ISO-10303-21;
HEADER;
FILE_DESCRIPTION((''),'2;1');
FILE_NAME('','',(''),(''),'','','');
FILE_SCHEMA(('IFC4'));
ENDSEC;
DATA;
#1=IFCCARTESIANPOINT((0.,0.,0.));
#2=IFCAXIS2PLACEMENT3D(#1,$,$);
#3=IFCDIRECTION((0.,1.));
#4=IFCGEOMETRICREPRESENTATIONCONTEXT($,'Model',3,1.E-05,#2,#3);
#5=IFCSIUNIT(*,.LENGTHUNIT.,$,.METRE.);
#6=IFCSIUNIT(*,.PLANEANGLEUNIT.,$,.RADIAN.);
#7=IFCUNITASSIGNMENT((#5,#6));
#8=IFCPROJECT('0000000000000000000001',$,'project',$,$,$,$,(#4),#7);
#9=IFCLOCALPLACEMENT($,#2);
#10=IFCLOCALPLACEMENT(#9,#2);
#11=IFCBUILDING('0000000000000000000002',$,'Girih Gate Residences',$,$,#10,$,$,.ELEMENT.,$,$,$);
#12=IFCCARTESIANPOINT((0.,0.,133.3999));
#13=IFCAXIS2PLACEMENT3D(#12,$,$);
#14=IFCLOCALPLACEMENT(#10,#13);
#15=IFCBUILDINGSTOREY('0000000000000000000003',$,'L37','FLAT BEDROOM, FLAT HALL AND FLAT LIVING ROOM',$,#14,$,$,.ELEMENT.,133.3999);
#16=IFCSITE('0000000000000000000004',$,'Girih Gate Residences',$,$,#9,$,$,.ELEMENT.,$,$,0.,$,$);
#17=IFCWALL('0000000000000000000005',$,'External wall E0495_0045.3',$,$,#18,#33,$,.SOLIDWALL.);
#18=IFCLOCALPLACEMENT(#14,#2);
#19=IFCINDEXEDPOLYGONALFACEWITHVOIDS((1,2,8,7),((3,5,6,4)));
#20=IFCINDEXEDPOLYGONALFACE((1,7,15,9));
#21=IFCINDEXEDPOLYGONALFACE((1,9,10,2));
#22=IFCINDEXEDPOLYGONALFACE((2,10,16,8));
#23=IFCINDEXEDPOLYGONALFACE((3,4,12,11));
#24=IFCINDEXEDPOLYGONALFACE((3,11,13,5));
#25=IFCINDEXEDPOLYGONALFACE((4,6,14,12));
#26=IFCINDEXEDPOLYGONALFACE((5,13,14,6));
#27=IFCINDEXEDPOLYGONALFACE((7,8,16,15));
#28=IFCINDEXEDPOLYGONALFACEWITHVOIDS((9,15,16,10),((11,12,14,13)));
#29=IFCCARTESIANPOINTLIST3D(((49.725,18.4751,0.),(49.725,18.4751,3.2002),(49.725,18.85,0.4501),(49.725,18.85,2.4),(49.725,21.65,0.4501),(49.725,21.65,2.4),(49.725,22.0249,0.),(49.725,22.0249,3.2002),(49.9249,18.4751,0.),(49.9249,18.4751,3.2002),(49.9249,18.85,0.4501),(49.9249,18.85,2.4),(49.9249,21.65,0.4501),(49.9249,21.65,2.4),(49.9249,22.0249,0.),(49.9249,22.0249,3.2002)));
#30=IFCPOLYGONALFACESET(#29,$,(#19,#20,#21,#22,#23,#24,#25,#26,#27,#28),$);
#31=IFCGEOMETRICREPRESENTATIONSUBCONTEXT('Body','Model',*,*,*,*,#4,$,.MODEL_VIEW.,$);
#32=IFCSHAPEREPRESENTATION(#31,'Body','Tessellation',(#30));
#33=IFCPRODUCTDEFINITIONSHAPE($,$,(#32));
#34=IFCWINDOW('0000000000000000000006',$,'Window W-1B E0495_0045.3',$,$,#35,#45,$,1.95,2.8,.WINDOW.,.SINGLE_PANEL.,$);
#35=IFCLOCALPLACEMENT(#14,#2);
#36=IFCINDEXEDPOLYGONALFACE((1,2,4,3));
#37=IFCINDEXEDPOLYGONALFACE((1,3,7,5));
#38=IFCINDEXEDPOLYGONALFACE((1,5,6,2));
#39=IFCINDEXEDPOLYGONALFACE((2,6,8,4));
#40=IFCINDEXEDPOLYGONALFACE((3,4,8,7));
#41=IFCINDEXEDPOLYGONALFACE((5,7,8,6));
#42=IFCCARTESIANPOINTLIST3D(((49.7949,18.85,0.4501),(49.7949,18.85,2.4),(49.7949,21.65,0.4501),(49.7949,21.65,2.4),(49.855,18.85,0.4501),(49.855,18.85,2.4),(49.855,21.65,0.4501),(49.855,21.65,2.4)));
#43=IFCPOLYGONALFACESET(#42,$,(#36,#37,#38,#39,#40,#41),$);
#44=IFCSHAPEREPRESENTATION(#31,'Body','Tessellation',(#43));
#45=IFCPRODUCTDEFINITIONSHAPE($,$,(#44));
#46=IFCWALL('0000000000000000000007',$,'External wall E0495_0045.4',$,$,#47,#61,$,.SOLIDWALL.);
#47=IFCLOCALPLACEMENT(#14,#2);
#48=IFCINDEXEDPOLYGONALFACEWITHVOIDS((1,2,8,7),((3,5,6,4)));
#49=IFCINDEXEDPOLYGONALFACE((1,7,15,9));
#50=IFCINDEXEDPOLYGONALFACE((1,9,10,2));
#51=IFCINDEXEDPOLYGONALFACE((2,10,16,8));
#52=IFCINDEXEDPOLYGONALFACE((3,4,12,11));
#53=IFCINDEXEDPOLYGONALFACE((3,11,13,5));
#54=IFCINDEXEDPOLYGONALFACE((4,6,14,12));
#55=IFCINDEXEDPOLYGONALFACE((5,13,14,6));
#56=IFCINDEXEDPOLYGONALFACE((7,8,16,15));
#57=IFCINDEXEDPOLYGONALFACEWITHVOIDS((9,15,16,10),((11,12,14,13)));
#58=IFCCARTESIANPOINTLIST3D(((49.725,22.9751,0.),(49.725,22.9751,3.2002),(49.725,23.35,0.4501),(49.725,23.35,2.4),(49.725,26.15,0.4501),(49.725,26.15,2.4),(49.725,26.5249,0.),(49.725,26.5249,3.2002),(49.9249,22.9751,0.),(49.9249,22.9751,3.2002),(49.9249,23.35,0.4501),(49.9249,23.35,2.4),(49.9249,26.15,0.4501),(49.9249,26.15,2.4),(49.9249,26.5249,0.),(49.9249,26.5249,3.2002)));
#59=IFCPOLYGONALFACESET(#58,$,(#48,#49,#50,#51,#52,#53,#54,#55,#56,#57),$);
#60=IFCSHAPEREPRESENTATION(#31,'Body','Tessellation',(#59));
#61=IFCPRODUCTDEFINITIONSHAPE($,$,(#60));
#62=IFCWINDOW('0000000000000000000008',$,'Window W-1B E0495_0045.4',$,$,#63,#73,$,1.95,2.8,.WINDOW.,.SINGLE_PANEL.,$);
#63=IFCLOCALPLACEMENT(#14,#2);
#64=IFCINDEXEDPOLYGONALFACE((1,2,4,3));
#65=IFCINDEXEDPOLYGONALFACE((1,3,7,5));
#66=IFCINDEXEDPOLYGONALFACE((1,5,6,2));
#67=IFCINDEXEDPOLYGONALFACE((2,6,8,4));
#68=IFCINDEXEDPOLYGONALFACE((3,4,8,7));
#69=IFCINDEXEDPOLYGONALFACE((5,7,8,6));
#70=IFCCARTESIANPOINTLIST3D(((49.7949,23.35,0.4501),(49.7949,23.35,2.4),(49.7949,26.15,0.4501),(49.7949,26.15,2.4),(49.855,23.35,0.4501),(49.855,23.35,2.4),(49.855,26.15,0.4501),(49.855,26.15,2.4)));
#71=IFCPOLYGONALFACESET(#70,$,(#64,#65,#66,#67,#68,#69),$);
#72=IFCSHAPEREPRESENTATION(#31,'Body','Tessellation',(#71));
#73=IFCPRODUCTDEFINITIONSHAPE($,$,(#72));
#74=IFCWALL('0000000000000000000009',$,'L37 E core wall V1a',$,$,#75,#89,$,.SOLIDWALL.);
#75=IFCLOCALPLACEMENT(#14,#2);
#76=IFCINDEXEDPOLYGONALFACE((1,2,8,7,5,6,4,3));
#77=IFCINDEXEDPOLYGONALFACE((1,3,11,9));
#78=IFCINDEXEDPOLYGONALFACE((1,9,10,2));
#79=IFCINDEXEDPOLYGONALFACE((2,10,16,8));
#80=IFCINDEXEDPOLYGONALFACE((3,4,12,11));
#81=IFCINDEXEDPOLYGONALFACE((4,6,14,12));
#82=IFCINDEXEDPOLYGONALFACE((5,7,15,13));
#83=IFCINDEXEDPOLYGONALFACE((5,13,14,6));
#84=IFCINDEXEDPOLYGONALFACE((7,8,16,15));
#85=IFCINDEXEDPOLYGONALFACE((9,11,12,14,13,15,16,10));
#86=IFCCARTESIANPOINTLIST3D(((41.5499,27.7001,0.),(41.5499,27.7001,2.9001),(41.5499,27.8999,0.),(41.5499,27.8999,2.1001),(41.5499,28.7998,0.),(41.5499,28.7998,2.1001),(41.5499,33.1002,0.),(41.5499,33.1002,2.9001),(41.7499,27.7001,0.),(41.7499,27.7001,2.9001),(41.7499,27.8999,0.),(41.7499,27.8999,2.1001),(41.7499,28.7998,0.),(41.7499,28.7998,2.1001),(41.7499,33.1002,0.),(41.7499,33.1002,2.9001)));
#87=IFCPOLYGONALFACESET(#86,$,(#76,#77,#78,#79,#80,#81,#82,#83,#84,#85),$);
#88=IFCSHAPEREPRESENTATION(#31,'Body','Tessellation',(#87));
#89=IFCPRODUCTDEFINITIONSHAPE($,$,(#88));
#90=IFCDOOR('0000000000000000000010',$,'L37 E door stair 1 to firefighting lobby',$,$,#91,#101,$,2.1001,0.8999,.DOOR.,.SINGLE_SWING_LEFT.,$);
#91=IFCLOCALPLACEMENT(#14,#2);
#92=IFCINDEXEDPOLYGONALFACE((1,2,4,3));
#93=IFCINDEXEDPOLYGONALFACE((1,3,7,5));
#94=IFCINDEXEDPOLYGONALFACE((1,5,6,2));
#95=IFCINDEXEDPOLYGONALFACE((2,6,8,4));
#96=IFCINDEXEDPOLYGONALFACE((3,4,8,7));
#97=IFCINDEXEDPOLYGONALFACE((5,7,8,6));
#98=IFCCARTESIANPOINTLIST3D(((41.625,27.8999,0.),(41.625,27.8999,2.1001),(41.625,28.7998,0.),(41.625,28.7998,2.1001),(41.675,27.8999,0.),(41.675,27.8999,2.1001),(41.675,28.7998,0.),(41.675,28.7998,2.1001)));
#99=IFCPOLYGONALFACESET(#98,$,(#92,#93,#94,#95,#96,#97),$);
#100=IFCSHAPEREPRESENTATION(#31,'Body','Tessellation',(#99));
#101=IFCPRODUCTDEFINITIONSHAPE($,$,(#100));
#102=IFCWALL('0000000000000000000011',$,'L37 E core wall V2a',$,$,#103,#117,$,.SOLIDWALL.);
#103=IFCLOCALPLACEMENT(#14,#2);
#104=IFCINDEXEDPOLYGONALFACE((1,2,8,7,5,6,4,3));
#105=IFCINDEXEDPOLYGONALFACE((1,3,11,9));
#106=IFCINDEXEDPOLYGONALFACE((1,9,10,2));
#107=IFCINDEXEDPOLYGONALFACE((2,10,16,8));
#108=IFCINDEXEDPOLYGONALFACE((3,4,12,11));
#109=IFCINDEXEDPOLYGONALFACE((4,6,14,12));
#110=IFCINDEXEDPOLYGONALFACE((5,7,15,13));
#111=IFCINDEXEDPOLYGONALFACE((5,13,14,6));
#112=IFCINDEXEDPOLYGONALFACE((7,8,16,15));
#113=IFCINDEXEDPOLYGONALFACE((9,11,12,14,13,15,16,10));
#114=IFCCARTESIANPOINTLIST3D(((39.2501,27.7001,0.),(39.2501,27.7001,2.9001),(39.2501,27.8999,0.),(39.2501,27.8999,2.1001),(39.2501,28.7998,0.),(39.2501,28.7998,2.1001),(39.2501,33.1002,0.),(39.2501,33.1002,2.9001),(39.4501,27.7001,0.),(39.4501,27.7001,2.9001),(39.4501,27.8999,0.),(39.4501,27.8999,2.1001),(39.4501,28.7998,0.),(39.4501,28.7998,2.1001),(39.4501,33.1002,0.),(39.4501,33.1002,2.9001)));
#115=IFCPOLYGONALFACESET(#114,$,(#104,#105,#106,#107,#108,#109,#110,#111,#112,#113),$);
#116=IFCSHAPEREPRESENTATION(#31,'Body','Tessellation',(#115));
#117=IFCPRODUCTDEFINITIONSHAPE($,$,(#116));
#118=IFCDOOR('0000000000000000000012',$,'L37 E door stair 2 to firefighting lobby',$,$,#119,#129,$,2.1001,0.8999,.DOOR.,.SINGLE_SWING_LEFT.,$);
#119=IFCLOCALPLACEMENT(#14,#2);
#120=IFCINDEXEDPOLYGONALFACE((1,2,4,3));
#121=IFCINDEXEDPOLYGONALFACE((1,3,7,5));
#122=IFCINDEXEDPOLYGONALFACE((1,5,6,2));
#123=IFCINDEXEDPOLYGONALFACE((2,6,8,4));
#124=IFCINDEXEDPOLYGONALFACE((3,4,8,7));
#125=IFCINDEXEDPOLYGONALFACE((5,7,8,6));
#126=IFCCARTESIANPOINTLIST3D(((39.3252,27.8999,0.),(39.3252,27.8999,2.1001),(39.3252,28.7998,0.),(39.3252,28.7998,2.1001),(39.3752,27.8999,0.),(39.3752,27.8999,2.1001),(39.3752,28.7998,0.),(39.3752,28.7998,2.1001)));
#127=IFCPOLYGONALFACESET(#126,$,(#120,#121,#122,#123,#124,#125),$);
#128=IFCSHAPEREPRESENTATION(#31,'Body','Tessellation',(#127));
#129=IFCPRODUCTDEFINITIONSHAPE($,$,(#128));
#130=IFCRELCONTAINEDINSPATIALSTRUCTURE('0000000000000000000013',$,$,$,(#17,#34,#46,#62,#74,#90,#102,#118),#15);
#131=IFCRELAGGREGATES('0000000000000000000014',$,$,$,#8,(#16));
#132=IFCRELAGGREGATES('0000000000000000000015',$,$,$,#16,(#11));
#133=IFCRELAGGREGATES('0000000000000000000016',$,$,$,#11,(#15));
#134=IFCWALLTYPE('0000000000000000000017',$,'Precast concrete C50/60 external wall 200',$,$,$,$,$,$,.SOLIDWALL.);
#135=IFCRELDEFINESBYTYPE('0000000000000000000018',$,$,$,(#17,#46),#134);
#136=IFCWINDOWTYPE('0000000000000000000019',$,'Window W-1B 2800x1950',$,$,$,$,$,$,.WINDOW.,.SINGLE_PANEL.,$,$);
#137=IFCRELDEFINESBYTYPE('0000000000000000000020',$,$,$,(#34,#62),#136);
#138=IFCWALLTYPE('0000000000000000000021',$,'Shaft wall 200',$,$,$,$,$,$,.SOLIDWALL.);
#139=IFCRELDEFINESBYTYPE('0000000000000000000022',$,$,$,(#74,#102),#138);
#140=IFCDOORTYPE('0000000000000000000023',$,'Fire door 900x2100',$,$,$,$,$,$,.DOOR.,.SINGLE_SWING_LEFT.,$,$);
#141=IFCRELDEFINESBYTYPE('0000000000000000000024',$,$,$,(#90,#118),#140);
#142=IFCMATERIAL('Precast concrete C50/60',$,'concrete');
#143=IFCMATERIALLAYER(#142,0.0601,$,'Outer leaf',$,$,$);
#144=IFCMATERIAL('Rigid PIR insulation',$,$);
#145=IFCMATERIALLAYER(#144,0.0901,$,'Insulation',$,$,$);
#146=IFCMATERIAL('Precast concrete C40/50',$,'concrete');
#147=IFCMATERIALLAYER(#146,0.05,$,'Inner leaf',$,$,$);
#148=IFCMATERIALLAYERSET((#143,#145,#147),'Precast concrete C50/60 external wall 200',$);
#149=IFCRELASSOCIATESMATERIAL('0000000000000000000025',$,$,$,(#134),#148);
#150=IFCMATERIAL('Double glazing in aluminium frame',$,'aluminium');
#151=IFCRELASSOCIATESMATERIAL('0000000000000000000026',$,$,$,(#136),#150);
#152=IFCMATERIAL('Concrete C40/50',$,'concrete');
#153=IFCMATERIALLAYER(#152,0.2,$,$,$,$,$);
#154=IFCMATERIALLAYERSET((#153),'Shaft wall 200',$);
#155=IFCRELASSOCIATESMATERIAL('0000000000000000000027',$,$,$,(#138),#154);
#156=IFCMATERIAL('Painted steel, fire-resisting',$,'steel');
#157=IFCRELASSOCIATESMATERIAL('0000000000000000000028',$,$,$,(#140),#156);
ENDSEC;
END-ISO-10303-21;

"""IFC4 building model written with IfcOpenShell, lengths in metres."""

from ifc_helpers import new_model, si_unit, direction, frame, frame_2d, origin, place, context, subcontext, project, spatial, rectangle, extrude, material, layer, layer_set, type_object, element, fill, save


model = new_model("IFC4")

# Units and contexts
model_context = context("Model", 3, precision=1e-05, world=origin(), true_north=direction((0.0, 1.0)))
body_context = subcontext(model_context, "Body", "Model", "MODEL_VIEW")
ifc_project = project(units=[si_unit("LENGTHUNIT", "METRE"), si_unit("PLANEANGLEUNIT", "RADIAN")], contexts=[model_context])

# Site, building, storey
site_placement = place(None, origin())
site = spatial("IfcSite", under=ifc_project, at=site_placement, Name="Girih Gate Residences", CompositionType="ELEMENT", RefElevation=0.0)
building_placement = place(site_placement, origin())
building = spatial("IfcBuilding", under=site, at=building_placement, Name="Girih Gate Residences", CompositionType="ELEMENT")
storey_placement = place(building_placement, frame((0.0, 0.0, 133.3999)))
storey = spatial("IfcBuildingStorey", under=building, at=storey_placement, Name="L37", Description="FLAT BEDROOM, FLAT HALL AND FLAT LIVING ROOM", CompositionType="ELEMENT", Elevation=133.3999)

# Shared definitions
ifc_material_1 = material(Name="Painted steel, fire-resisting", Category="steel")

# Walls, openings, windows
ifc_material_2 = material(Name="Precast concrete C50/60", Category="concrete")
ifc_layer_1 = layer(ifc_material_2, 0.0601, Name="Outer leaf")
ifc_material_3 = material(Name="Rigid PIR insulation")
ifc_layer_2 = layer(ifc_material_3, 0.0901, Name="Insulation")
ifc_material_4 = material(Name="Precast concrete C40/50", Category="concrete")
ifc_layer_3 = layer(ifc_material_4, 0.05, Name="Inner leaf")
ifc_layer_set_1 = layer_set([ifc_layer_1, ifc_layer_2, ifc_layer_3], Name="Precast concrete C50/60 external wall 200")
wall_type_1 = type_object("IfcWallType", Name="Precast concrete C50/60 external wall 200", PredefinedType="SOLIDWALL", material=ifc_layer_set_1)
wall_1_placement = place(storey_placement, frame((49.825, 22.0249, 0.0), z_axis=(0.0, 0.0, 1.0), x_axis=(0.0, -1.0, 0.0)))
wall_1 = element("IfcWall", 1, at=wall_1_placement, inside=storey, type_object=wall_type_1, Name="External wall E0495_0045.3", PredefinedType="SOLIDWALL", context=body_context, shape_type="SweptSolid", body=[
    extrude(rectangle(XDim=3.5498, YDim=0.2, at=frame_2d((1.7749, 0.0))), origin(), (0.0, 0.0, 1.0), 3.2002),
])
opening_1_placement = place(wall_1_placement, frame((0.375, 0.0, 0.45)))
opening_1 = element("IfcOpeningElement", 2, at=opening_1_placement, cuts=wall_1, PredefinedType="OPENING", context=body_context, shape_type="SweptSolid", body=[
    extrude(rectangle(XDim=2.8, YDim=1.95, at=frame_2d((1.3999, 0.9751))), frame((0.0, 0.1099, 0.0), z_axis=(0.0, -1.0, 0.0), x_axis=(1.0, 0.0, 0.0)), (0.0, 0.0, 1.0), 0.22),
])
ifc_material_5 = material(Name="Double glazing in aluminium frame", Category="aluminium")
window_type = type_object("IfcWindowType", Name="Window W-1B 2800x1950", PartitioningType="SINGLE_PANEL", PredefinedType="WINDOW", material=ifc_material_5)
window_1_placement = place(opening_1_placement, origin())
window_1 = element("IfcWindow", 3, at=window_1_placement, inside=storey, type_object=window_type, Name="Window W-1B E0495_0045.3", OverallHeight=1.95, OverallWidth=2.8, PartitioningType="SINGLE_PANEL", PredefinedType="WINDOW", context=body_context, shape_type="SweptSolid", body=[
    extrude(rectangle(XDim=2.8, YDim=1.95, at=frame_2d((1.3999, 0.9751))), frame((0.0, 0.03, 0.0), z_axis=(0.0, -1.0, 0.0), x_axis=(1.0, 0.0, 0.0)), (0.0, 0.0, 1.0), 0.0601),
])
fill(opening_1, window_1)
wall_2_placement = place(storey_placement, frame((49.825, 26.5249, 0.0), z_axis=(0.0, 0.0, 1.0), x_axis=(0.0, -1.0, 0.0)))
wall_2 = element("IfcWall", 4, at=wall_2_placement, inside=storey, type_object=wall_type_1, Name="External wall E0495_0045.4", PredefinedType="SOLIDWALL", context=body_context, shape_type="SweptSolid", body=[
    extrude(rectangle(XDim=3.5498, YDim=0.2, at=frame_2d((1.7749, 0.0))), origin(), (0.0, 0.0, 1.0), 3.2002),
])
opening_2_placement = place(wall_2_placement, frame((0.375, 0.0, 0.45)))
opening_2 = element("IfcOpeningElement", 5, at=opening_2_placement, cuts=wall_2, PredefinedType="OPENING", context=body_context, shape_type="SweptSolid", body=[
    extrude(rectangle(XDim=2.8, YDim=1.95, at=frame_2d((1.3999, 0.9751))), frame((0.0, 0.1099, 0.0), z_axis=(0.0, -1.0, 0.0), x_axis=(1.0, 0.0, 0.0)), (0.0, 0.0, 1.0), 0.22),
])
window_2_placement = place(opening_2_placement, origin())
window_2 = element("IfcWindow", 6, at=window_2_placement, inside=storey, type_object=window_type, Name="Window W-1B E0495_0045.4", OverallHeight=1.95, OverallWidth=2.8, PartitioningType="SINGLE_PANEL", PredefinedType="WINDOW", context=body_context, shape_type="SweptSolid", body=[
    extrude(rectangle(XDim=2.8, YDim=1.95, at=frame_2d((1.3999, 0.9751))), frame((0.0, 0.03, 0.0), z_axis=(0.0, -1.0, 0.0), x_axis=(1.0, 0.0, 0.0)), (0.0, 0.0, 1.0), 0.0601),
])
fill(opening_2, window_2)

# Walls, openings, doors
ifc_material_6 = material(Name="Concrete C40/50", Category="concrete")
ifc_layer_4 = layer(ifc_material_6, 0.2)
ifc_layer_set_2 = layer_set([ifc_layer_4], Name="Shaft wall 200")
wall_type_2 = type_object("IfcWallType", Name="Shaft wall 200", PredefinedType="SOLIDWALL", material=ifc_layer_set_2)
wall_3_placement = place(storey_placement, frame((41.6499, 27.7, 0.0), z_axis=(0.0, 0.0, 1.0), x_axis=(0.0, 1.0, 0.0)))
wall_3 = element("IfcWall", 7, at=wall_3_placement, inside=storey, type_object=wall_type_2, Name="L37 E core wall V1a", PredefinedType="SOLIDWALL", context=body_context, shape_type="SweptSolid", body=[
    extrude(rectangle(XDim=5.4001, YDim=0.2, at=frame_2d((2.7002, 0.0))), origin(), (0.0, 0.0, 1.0), 2.9001),
])
opening_3_placement = place(wall_3_placement, frame((0.2, 0.0, 0.0)))
opening_3 = element("IfcOpeningElement", 8, at=opening_3_placement, cuts=wall_3, PredefinedType="OPENING", context=body_context, shape_type="SweptSolid", body=[
    extrude(rectangle(XDim=0.8999, YDim=2.1001, at=frame_2d((0.45, 1.05))), frame((0.0, 0.1099, 0.0), z_axis=(0.0, -1.0, 0.0), x_axis=(1.0, 0.0, 0.0)), (0.0, 0.0, 1.0), 0.22),
])
door_type_1 = type_object("IfcDoorType", Name="Fire door 900x2100", OperationType="SINGLE_SWING_LEFT", PredefinedType="DOOR", material=ifc_material_1)
door_1_placement = place(opening_3_placement, origin())
door_1 = element("IfcDoor", 9, at=door_1_placement, inside=storey, type_object=door_type_1, Name="L37 E door stair 1 to firefighting lobby", OperationType="SINGLE_SWING_LEFT", OverallHeight=2.1001, OverallWidth=0.8999, PredefinedType="DOOR", context=body_context, shape_type="SweptSolid", body=[
    extrude(rectangle(XDim=0.8999, YDim=2.1001, at=frame_2d((0.45, 1.05))), frame((0.0, 0.0249, 0.0), z_axis=(0.0, -1.0, 0.0), x_axis=(1.0, 0.0, 0.0)), (0.0, 0.0, 1.0), 0.05),
])
fill(opening_3, door_1)
wall_4_placement = place(storey_placement, frame((39.3501, 27.7, 0.0), z_axis=(0.0, 0.0, 1.0), x_axis=(0.0, 1.0, 0.0)))
wall_4 = element("IfcWall", 10, at=wall_4_placement, inside=storey, type_object=wall_type_2, Name="L37 E core wall V2a", PredefinedType="SOLIDWALL", context=body_context, shape_type="SweptSolid", body=[
    extrude(rectangle(XDim=5.4001, YDim=0.2, at=frame_2d((2.7002, 0.0))), origin(), (0.0, 0.0, 1.0), 2.9001),
])
opening_4_placement = place(wall_4_placement, frame((0.2, 0.0, 0.0)))
opening_4 = element("IfcOpeningElement", 11, at=opening_4_placement, cuts=wall_4, PredefinedType="OPENING", context=body_context, shape_type="SweptSolid", body=[
    extrude(rectangle(XDim=0.8999, YDim=2.1001, at=frame_2d((0.45, 1.05))), frame((0.0, 0.1099, 0.0), z_axis=(0.0, -1.0, 0.0), x_axis=(1.0, 0.0, 0.0)), (0.0, 0.0, 1.0), 0.22),
])
door_2_placement = place(opening_4_placement, origin())
door_2 = element("IfcDoor", 12, at=door_2_placement, inside=storey, type_object=door_type_1, Name="L37 E door stair 2 to firefighting lobby", OperationType="SINGLE_SWING_LEFT", OverallHeight=2.1001, OverallWidth=0.8999, PredefinedType="DOOR", context=body_context, shape_type="SweptSolid", body=[
    extrude(rectangle(XDim=0.8999, YDim=2.1001, at=frame_2d((0.45, 1.05))), frame((0.0, 0.0249, 0.0), z_axis=(0.0, -1.0, 0.0), x_axis=(1.0, 0.0, 0.0)), (0.0, 0.0, 1.0), 0.05),
])
fill(opening_4, door_2)

save(model, "model.ifc")
